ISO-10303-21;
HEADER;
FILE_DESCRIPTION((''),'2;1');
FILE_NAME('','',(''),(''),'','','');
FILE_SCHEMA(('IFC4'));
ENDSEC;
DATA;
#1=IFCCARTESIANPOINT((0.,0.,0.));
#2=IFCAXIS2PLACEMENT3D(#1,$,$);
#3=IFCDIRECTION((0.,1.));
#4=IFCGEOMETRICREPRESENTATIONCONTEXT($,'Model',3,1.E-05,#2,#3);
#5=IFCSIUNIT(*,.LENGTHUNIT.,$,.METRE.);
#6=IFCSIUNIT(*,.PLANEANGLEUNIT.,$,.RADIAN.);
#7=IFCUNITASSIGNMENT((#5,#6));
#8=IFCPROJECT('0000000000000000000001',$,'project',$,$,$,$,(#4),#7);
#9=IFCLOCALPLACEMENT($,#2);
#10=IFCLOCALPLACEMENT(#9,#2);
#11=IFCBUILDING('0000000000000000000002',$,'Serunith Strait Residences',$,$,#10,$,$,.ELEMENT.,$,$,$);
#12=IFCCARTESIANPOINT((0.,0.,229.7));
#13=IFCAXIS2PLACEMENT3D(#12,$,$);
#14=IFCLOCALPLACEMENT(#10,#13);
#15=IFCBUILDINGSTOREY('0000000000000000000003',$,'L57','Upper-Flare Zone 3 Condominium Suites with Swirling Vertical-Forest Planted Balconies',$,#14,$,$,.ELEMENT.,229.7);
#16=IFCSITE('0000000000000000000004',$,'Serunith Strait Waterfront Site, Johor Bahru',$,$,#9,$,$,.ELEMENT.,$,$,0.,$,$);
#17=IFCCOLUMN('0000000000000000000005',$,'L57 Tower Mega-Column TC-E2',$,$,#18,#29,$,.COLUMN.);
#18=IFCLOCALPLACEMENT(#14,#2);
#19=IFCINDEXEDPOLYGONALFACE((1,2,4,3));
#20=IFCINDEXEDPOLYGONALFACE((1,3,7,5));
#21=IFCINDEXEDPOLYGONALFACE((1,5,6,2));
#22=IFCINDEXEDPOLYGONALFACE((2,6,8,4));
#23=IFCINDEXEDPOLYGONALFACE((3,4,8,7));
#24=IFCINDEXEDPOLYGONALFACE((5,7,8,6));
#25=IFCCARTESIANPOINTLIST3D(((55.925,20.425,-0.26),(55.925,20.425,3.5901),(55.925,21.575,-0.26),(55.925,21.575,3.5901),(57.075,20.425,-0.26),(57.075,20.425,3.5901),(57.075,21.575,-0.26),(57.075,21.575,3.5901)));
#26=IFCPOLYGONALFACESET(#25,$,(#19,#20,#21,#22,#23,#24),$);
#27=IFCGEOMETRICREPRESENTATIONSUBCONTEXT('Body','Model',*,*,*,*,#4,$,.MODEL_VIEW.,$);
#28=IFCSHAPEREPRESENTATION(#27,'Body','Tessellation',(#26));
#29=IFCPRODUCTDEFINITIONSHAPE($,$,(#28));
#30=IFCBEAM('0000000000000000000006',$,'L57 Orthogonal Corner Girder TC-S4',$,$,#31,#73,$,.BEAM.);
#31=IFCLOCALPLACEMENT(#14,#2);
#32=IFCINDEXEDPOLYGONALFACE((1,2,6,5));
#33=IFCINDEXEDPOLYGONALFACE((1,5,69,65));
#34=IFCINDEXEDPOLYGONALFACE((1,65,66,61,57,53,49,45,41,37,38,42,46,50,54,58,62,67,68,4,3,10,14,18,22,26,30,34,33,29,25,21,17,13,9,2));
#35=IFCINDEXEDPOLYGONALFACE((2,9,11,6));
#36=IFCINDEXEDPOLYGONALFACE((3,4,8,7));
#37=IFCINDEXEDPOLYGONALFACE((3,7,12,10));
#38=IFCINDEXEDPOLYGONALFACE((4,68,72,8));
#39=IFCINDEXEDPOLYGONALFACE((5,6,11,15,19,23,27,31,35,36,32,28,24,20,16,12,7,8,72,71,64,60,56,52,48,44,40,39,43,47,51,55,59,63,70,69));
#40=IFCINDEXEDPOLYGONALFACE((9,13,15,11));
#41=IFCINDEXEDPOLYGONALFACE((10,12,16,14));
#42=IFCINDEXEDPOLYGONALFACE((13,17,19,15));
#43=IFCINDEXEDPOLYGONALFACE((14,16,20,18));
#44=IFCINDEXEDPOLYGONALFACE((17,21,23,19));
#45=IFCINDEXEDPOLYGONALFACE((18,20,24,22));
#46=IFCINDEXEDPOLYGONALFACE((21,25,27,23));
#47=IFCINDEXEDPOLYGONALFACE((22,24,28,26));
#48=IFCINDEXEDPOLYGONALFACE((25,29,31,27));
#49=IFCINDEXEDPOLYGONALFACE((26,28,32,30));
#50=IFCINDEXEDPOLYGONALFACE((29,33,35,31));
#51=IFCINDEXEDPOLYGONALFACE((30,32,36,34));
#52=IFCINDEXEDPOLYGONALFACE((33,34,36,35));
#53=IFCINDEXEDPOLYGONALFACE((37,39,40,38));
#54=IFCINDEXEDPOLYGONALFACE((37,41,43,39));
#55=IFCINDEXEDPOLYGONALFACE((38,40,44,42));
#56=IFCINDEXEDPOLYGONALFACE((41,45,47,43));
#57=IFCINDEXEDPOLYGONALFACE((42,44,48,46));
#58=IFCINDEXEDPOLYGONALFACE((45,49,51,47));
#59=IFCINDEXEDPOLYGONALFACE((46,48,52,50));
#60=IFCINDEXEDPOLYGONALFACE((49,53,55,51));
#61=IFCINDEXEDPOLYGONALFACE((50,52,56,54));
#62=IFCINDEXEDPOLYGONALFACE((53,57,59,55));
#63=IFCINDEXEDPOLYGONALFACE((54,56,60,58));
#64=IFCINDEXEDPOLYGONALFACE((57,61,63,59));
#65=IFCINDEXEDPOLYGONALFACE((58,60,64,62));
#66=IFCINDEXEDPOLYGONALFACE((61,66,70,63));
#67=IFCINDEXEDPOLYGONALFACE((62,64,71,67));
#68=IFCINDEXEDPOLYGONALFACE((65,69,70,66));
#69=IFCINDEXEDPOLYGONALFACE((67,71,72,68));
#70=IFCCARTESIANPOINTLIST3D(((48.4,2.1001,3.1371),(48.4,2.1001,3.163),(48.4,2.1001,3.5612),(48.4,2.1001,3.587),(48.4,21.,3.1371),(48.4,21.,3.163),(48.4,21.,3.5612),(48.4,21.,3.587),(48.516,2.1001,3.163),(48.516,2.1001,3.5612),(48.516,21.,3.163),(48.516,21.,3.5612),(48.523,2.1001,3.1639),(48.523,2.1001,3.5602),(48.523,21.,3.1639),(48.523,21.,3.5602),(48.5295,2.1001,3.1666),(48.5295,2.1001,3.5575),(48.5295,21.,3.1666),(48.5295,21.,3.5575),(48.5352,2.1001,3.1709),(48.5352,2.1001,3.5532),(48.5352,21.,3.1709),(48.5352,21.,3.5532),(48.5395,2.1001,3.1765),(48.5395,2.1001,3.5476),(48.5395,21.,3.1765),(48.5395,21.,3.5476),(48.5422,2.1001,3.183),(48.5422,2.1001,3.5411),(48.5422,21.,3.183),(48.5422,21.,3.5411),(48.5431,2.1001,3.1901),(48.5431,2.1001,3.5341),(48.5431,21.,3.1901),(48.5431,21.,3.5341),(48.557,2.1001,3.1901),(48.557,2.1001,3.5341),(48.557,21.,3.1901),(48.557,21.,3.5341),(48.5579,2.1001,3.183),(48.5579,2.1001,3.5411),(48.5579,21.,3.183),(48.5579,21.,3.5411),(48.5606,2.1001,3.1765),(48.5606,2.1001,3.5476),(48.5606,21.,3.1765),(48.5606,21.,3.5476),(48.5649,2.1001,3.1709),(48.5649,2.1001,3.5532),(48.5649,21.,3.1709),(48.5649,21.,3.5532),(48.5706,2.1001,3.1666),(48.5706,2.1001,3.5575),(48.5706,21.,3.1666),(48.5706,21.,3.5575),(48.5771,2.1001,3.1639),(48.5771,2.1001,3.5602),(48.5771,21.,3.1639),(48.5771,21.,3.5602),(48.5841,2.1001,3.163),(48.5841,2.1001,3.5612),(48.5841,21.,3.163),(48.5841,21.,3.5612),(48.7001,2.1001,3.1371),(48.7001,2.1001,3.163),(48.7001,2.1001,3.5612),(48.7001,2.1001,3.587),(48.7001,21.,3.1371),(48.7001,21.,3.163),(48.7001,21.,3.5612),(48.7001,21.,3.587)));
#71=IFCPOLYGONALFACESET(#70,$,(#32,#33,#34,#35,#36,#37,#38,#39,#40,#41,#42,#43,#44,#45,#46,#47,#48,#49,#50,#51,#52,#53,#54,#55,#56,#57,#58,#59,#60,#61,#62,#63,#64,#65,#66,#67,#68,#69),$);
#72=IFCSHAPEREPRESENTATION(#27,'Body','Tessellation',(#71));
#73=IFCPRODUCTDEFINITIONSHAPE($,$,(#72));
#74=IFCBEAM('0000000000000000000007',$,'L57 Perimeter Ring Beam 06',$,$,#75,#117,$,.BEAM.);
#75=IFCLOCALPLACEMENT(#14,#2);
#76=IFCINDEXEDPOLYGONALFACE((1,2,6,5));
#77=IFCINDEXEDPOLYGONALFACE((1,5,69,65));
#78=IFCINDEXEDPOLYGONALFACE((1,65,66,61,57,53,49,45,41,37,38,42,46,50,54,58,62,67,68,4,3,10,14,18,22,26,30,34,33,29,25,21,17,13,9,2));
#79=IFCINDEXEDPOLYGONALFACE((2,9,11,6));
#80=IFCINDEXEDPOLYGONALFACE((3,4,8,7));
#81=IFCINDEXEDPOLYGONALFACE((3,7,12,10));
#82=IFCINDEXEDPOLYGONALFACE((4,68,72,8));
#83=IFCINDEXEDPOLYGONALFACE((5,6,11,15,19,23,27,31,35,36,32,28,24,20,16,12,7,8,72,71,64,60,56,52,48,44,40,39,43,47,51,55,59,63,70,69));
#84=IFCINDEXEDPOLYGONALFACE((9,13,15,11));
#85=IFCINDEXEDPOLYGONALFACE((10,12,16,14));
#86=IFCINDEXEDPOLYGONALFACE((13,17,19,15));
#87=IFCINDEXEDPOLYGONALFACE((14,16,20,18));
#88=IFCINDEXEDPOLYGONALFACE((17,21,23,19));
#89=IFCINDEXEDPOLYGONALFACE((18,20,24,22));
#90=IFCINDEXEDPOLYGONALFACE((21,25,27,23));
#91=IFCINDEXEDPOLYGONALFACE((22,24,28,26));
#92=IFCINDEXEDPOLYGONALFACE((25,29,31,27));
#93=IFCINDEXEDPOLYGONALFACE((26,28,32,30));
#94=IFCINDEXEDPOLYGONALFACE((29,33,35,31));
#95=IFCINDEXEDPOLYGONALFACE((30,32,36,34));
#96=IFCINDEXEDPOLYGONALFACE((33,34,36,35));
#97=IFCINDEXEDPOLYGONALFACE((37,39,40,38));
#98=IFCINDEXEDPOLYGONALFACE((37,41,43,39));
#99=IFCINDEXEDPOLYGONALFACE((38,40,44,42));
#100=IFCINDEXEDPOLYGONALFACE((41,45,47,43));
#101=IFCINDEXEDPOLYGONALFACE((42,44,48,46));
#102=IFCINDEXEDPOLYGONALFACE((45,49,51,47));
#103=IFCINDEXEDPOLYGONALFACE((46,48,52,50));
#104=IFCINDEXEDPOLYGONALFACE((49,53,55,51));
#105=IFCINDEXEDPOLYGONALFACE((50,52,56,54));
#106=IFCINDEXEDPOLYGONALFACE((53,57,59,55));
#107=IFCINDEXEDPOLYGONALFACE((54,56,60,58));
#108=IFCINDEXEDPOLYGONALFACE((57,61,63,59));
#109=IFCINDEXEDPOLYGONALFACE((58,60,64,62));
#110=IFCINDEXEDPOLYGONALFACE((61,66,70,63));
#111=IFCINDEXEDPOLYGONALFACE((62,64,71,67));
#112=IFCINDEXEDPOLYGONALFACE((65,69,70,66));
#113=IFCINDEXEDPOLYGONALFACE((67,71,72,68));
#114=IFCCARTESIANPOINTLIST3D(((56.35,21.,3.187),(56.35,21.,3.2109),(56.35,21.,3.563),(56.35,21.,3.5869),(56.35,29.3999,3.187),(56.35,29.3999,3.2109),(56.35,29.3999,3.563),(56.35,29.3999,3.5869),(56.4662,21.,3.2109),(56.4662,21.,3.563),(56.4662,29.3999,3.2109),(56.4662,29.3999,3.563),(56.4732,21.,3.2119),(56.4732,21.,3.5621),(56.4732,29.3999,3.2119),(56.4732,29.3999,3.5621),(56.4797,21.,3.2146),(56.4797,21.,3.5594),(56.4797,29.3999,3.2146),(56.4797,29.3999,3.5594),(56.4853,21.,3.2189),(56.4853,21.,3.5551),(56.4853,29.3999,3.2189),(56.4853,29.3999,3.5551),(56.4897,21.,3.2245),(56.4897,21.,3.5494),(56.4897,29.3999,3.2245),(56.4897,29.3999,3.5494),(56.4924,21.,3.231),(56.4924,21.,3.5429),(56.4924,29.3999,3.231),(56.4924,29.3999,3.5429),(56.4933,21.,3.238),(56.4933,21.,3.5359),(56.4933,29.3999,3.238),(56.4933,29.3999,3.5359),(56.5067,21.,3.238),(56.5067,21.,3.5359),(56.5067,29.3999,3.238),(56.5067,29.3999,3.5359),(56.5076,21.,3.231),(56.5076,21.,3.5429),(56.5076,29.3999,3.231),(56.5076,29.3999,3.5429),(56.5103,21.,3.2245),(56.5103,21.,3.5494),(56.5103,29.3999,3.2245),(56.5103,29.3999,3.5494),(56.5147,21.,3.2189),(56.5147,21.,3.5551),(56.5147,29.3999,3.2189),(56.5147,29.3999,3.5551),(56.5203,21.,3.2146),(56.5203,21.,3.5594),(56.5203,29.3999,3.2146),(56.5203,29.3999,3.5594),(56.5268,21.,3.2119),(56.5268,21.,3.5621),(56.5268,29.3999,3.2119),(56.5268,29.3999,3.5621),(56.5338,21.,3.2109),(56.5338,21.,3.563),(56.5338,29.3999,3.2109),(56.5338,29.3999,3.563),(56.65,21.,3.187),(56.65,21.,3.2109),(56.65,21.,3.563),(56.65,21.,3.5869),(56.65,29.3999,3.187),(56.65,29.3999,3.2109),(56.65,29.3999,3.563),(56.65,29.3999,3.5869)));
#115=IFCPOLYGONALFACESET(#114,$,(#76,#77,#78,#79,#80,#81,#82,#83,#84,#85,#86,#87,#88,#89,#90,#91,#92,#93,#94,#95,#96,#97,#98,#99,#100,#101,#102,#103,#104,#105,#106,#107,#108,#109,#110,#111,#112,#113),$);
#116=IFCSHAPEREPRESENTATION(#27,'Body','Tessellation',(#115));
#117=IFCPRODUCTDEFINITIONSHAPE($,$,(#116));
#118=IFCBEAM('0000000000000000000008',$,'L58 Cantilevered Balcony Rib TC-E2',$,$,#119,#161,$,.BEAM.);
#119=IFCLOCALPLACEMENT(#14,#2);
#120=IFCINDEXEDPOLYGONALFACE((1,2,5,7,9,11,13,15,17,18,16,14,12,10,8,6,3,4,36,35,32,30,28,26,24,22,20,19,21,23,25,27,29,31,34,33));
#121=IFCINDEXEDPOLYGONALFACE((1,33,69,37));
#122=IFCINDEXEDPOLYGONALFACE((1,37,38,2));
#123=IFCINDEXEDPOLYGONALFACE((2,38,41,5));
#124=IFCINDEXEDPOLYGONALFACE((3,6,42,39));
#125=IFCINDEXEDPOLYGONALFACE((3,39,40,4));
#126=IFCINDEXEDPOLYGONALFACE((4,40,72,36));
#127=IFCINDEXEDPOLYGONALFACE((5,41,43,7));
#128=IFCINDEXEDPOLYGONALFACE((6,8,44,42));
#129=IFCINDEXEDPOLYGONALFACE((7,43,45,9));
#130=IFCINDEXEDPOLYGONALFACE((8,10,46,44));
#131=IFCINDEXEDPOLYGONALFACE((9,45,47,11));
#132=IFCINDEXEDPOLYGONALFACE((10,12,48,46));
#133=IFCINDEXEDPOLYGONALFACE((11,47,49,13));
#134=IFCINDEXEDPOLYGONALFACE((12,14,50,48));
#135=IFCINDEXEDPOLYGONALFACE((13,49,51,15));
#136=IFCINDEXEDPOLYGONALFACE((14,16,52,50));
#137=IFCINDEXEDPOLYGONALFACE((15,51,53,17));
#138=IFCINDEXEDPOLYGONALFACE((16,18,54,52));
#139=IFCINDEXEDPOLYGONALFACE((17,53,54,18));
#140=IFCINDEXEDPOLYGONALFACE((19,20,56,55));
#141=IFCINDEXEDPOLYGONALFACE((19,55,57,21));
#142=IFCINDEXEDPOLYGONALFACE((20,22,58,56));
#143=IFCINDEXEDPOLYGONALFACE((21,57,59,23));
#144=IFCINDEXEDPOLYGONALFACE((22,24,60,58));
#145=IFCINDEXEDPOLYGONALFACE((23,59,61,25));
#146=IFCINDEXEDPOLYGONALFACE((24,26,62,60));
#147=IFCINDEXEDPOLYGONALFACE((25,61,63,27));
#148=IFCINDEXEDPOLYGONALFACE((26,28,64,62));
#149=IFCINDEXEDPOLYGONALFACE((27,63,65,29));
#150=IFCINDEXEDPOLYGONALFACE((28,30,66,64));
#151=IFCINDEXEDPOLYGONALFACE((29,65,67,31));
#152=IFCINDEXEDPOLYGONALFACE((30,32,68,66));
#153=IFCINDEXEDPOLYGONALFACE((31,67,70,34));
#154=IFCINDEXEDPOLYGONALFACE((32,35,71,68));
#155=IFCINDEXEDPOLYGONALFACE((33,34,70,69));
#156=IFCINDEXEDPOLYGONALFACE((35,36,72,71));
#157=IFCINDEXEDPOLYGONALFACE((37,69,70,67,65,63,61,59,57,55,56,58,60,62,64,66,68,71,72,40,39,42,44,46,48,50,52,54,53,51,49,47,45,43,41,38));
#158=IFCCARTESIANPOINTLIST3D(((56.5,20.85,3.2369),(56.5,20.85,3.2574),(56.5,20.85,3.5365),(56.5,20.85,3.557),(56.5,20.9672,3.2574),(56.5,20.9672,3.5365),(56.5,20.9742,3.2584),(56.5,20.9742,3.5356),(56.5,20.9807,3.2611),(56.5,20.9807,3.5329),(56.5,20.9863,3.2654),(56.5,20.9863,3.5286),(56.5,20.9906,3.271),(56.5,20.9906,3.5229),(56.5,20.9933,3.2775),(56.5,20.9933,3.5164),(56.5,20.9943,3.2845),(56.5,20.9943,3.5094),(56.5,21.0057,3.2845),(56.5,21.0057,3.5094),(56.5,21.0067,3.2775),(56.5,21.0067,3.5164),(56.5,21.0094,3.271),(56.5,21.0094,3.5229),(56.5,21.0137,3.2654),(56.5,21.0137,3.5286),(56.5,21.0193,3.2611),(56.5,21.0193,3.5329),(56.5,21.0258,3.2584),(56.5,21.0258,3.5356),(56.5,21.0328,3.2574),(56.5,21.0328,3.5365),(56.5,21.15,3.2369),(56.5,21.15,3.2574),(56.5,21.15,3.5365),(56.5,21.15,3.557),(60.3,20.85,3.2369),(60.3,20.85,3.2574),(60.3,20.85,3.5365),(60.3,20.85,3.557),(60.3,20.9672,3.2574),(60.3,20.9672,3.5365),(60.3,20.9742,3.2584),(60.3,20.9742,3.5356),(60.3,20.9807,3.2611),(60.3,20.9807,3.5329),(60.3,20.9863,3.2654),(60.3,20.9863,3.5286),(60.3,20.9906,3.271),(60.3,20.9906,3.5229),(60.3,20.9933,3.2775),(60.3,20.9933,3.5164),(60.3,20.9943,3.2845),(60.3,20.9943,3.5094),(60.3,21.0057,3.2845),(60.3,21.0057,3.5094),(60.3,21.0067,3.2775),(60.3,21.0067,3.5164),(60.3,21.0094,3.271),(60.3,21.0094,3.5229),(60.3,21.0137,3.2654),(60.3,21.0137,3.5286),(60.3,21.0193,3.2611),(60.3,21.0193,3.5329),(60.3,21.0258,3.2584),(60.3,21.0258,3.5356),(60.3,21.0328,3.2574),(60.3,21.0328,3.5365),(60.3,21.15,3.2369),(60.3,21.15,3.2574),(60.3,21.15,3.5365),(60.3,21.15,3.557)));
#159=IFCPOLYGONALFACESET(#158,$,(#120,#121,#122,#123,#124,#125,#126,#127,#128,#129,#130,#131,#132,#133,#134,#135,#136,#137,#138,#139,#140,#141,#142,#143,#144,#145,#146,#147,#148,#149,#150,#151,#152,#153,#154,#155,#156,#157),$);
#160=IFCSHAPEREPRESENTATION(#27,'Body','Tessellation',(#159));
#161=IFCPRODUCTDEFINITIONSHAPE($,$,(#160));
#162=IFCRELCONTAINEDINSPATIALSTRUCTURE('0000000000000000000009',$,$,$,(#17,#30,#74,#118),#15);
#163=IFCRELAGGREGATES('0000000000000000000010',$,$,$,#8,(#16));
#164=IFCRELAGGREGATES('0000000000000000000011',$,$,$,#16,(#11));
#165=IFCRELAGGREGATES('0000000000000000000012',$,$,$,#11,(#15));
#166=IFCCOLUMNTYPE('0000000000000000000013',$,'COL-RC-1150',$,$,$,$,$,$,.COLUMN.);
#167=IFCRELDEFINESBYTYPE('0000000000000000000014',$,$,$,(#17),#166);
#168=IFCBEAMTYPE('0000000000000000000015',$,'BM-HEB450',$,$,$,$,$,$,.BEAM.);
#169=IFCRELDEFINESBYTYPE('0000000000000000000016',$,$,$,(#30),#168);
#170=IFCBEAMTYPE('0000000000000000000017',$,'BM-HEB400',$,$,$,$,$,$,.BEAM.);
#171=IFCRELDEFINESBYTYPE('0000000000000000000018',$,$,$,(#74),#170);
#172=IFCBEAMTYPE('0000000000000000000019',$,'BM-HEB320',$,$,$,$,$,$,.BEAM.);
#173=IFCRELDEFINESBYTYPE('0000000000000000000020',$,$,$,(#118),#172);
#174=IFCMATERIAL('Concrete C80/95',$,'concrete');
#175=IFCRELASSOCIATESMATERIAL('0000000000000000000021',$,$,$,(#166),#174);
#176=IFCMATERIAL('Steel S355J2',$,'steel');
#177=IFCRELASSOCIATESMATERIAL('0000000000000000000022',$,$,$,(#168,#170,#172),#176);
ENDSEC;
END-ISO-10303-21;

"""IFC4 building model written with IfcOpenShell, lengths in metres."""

from ifc_helpers import new_model, si_unit, direction, frame, origin, origin_2d, place, context, subcontext, project, spatial, rectangle, i_section, extrude, source, transform, mapped, material, material_profile, profile_set, type_object, element, save


model = new_model("IFC4")

# Units and contexts
model_context = context("Model", 3, precision=1e-05, world=origin(), true_north=direction((0.0, 1.0)))
body_context = subcontext(model_context, "Body", "Model", "MODEL_VIEW")
ifc_project = project(units=[si_unit("LENGTHUNIT", "METRE"), si_unit("PLANEANGLEUNIT", "RADIAN")], contexts=[model_context])

# Site, building, storey
site_placement = place(None, origin())
site = spatial("IfcSite", under=ifc_project, at=site_placement, Name="Serunith Strait Waterfront Site, Johor Bahru", CompositionType="ELEMENT", RefElevation=0.0)
building_placement = place(site_placement, origin())
building = spatial("IfcBuilding", under=site, at=building_placement, Name="Serunith Strait Residences", CompositionType="ELEMENT")
storey_placement = place(building_placement, frame((0.0, 0.0, 229.7)))
storey = spatial("IfcBuildingStorey", under=building, at=storey_placement, Name="L57", Description="Upper-Flare Zone 3 Condominium Suites with Swirling Vertical-Forest Planted Balconies", CompositionType="ELEMENT", Elevation=229.7)

# Column
ifc_material_1 = material(Name="Concrete C80/95", Category="concrete")
ifc_material_profile_1 = material_profile(ifc_material_1, rectangle(XDim=1.1499, YDim=1.1499, at=origin_2d()), Name="RC 1150x1150")
ifc_profile_set_1 = profile_set([ifc_material_profile_1], Name="Concrete C80/95")
column_type = type_object("IfcColumnType", Name="COL-RC-1150", PredefinedType="COLUMN", material=ifc_profile_set_1)
shared_shape_1 = source(origin(), body_context, "Body", "SweptSolid", [
    extrude(rectangle(XDim=1.1499, YDim=1.1499, at=origin_2d()), origin(), (0.0, 0.0, 1.0), 3.8501),
])
column_placement = place(storey_placement, frame((56.5, 21.0, -0.26), z_axis=(0.0, 0.0, 1.0), x_axis=(1.0, 0.0, 0.0)))
element("IfcColumn", 1, at=column_placement, inside=storey, type_object=column_type, Name="L57 Tower Mega-Column TC-E2", PredefinedType="COLUMN", context=body_context, shape_type="MappedRepresentation", body=[
    mapped(shared_shape_1, transform((0.0, 0.0, 0.0), scale=1.0)),
])

# Beams
ifc_material_2 = material(Name="Steel S355J2", Category="steel")
ifc_material_profile_2 = material_profile(ifc_material_2, i_section(OverallWidth=0.3, OverallDepth=0.45, WebThickness=0.0139, FlangeThickness=0.0259, FilletRadius=0.0271, at=origin_2d()), Name="HEB 450")
ifc_profile_set_2 = profile_set([ifc_material_profile_2], Name="Steel S355J2")
beam_type_1 = type_object("IfcBeamType", Name="BM-HEB450", PredefinedType="BEAM", material=ifc_profile_set_2)
shared_shape_2 = source(origin(), body_context, "Body", "SweptSolid", [
    extrude(i_section(OverallWidth=0.3, OverallDepth=0.45, WebThickness=0.0139, FlangeThickness=0.0259, FilletRadius=0.0271, at=origin_2d()), origin(), (0.0, 0.0, 1.0), 18.8999),
])
beam_1_placement = place(storey_placement, frame((48.55, 21.0, 3.3621), z_axis=(0.0, -1.0, 0.0), x_axis=(1.0, 0.0, 0.0)))
element("IfcBeam", 2, at=beam_1_placement, inside=storey, type_object=beam_type_1, Name="L57 Orthogonal Corner Girder TC-S4", PredefinedType="BEAM", context=body_context, shape_type="MappedRepresentation", body=[
    mapped(shared_shape_2, transform((0.0, 0.0, 0.0), scale=1.0)),
])
ifc_material_profile_3 = material_profile(ifc_material_2, i_section(OverallWidth=0.3, OverallDepth=0.3999, WebThickness=0.0134, FlangeThickness=0.0239, FilletRadius=0.0271, at=origin_2d()), Name="HEB 400")
ifc_profile_set_3 = profile_set([ifc_material_profile_3], Name="Steel S355J2")
beam_type_2 = type_object("IfcBeamType", Name="BM-HEB400", PredefinedType="BEAM", material=ifc_profile_set_3)
shared_shape_3 = source(origin(), body_context, "Body", "SweptSolid", [
    extrude(i_section(OverallWidth=0.3, OverallDepth=0.3999, WebThickness=0.0134, FlangeThickness=0.0239, FilletRadius=0.0271, at=origin_2d()), origin(), (0.0, 0.0, 1.0), 8.3999),
])
beam_2_placement = place(storey_placement, frame((56.5, 21.0, 3.387), z_axis=(0.0, 1.0, 0.0), x_axis=(-1.0, 0.0, 0.0)))
element("IfcBeam", 3, at=beam_2_placement, inside=storey, type_object=beam_type_2, Name="L57 Perimeter Ring Beam 06", PredefinedType="BEAM", context=body_context, shape_type="MappedRepresentation", body=[
    mapped(shared_shape_3, transform((0.0, 0.0, 0.0), scale=1.0)),
])
ifc_material_profile_4 = material_profile(ifc_material_2, i_section(OverallWidth=0.3, OverallDepth=0.3201, WebThickness=0.0115, FlangeThickness=0.0205, FilletRadius=0.0271, at=origin_2d()), Name="HEB 320")
ifc_profile_set_4 = profile_set([ifc_material_profile_4], Name="Steel S355J2")
beam_type_3 = type_object("IfcBeamType", Name="BM-HEB320", PredefinedType="BEAM", material=ifc_profile_set_4)
shared_shape_4 = source(origin(), body_context, "Body", "SweptSolid", [
    extrude(i_section(OverallWidth=0.3, OverallDepth=0.3201, WebThickness=0.0115, FlangeThickness=0.0205, FilletRadius=0.0271, at=origin_2d()), origin(), (0.0, 0.0, 1.0), 3.8),
])
beam_3_placement = place(storey_placement, frame((56.5, 21.0, 3.397), z_axis=(1.0, 0.0, 0.0), x_axis=(0.0, 1.0, 0.0)))
element("IfcBeam", 4, at=beam_3_placement, inside=storey, type_object=beam_type_3, Name="L58 Cantilevered Balcony Rib TC-E2", PredefinedType="BEAM", context=body_context, shape_type="MappedRepresentation", body=[
    mapped(shared_shape_4, transform((0.0, 0.0, 0.0), scale=1.0)),
])

save(model, "model.ifc")
